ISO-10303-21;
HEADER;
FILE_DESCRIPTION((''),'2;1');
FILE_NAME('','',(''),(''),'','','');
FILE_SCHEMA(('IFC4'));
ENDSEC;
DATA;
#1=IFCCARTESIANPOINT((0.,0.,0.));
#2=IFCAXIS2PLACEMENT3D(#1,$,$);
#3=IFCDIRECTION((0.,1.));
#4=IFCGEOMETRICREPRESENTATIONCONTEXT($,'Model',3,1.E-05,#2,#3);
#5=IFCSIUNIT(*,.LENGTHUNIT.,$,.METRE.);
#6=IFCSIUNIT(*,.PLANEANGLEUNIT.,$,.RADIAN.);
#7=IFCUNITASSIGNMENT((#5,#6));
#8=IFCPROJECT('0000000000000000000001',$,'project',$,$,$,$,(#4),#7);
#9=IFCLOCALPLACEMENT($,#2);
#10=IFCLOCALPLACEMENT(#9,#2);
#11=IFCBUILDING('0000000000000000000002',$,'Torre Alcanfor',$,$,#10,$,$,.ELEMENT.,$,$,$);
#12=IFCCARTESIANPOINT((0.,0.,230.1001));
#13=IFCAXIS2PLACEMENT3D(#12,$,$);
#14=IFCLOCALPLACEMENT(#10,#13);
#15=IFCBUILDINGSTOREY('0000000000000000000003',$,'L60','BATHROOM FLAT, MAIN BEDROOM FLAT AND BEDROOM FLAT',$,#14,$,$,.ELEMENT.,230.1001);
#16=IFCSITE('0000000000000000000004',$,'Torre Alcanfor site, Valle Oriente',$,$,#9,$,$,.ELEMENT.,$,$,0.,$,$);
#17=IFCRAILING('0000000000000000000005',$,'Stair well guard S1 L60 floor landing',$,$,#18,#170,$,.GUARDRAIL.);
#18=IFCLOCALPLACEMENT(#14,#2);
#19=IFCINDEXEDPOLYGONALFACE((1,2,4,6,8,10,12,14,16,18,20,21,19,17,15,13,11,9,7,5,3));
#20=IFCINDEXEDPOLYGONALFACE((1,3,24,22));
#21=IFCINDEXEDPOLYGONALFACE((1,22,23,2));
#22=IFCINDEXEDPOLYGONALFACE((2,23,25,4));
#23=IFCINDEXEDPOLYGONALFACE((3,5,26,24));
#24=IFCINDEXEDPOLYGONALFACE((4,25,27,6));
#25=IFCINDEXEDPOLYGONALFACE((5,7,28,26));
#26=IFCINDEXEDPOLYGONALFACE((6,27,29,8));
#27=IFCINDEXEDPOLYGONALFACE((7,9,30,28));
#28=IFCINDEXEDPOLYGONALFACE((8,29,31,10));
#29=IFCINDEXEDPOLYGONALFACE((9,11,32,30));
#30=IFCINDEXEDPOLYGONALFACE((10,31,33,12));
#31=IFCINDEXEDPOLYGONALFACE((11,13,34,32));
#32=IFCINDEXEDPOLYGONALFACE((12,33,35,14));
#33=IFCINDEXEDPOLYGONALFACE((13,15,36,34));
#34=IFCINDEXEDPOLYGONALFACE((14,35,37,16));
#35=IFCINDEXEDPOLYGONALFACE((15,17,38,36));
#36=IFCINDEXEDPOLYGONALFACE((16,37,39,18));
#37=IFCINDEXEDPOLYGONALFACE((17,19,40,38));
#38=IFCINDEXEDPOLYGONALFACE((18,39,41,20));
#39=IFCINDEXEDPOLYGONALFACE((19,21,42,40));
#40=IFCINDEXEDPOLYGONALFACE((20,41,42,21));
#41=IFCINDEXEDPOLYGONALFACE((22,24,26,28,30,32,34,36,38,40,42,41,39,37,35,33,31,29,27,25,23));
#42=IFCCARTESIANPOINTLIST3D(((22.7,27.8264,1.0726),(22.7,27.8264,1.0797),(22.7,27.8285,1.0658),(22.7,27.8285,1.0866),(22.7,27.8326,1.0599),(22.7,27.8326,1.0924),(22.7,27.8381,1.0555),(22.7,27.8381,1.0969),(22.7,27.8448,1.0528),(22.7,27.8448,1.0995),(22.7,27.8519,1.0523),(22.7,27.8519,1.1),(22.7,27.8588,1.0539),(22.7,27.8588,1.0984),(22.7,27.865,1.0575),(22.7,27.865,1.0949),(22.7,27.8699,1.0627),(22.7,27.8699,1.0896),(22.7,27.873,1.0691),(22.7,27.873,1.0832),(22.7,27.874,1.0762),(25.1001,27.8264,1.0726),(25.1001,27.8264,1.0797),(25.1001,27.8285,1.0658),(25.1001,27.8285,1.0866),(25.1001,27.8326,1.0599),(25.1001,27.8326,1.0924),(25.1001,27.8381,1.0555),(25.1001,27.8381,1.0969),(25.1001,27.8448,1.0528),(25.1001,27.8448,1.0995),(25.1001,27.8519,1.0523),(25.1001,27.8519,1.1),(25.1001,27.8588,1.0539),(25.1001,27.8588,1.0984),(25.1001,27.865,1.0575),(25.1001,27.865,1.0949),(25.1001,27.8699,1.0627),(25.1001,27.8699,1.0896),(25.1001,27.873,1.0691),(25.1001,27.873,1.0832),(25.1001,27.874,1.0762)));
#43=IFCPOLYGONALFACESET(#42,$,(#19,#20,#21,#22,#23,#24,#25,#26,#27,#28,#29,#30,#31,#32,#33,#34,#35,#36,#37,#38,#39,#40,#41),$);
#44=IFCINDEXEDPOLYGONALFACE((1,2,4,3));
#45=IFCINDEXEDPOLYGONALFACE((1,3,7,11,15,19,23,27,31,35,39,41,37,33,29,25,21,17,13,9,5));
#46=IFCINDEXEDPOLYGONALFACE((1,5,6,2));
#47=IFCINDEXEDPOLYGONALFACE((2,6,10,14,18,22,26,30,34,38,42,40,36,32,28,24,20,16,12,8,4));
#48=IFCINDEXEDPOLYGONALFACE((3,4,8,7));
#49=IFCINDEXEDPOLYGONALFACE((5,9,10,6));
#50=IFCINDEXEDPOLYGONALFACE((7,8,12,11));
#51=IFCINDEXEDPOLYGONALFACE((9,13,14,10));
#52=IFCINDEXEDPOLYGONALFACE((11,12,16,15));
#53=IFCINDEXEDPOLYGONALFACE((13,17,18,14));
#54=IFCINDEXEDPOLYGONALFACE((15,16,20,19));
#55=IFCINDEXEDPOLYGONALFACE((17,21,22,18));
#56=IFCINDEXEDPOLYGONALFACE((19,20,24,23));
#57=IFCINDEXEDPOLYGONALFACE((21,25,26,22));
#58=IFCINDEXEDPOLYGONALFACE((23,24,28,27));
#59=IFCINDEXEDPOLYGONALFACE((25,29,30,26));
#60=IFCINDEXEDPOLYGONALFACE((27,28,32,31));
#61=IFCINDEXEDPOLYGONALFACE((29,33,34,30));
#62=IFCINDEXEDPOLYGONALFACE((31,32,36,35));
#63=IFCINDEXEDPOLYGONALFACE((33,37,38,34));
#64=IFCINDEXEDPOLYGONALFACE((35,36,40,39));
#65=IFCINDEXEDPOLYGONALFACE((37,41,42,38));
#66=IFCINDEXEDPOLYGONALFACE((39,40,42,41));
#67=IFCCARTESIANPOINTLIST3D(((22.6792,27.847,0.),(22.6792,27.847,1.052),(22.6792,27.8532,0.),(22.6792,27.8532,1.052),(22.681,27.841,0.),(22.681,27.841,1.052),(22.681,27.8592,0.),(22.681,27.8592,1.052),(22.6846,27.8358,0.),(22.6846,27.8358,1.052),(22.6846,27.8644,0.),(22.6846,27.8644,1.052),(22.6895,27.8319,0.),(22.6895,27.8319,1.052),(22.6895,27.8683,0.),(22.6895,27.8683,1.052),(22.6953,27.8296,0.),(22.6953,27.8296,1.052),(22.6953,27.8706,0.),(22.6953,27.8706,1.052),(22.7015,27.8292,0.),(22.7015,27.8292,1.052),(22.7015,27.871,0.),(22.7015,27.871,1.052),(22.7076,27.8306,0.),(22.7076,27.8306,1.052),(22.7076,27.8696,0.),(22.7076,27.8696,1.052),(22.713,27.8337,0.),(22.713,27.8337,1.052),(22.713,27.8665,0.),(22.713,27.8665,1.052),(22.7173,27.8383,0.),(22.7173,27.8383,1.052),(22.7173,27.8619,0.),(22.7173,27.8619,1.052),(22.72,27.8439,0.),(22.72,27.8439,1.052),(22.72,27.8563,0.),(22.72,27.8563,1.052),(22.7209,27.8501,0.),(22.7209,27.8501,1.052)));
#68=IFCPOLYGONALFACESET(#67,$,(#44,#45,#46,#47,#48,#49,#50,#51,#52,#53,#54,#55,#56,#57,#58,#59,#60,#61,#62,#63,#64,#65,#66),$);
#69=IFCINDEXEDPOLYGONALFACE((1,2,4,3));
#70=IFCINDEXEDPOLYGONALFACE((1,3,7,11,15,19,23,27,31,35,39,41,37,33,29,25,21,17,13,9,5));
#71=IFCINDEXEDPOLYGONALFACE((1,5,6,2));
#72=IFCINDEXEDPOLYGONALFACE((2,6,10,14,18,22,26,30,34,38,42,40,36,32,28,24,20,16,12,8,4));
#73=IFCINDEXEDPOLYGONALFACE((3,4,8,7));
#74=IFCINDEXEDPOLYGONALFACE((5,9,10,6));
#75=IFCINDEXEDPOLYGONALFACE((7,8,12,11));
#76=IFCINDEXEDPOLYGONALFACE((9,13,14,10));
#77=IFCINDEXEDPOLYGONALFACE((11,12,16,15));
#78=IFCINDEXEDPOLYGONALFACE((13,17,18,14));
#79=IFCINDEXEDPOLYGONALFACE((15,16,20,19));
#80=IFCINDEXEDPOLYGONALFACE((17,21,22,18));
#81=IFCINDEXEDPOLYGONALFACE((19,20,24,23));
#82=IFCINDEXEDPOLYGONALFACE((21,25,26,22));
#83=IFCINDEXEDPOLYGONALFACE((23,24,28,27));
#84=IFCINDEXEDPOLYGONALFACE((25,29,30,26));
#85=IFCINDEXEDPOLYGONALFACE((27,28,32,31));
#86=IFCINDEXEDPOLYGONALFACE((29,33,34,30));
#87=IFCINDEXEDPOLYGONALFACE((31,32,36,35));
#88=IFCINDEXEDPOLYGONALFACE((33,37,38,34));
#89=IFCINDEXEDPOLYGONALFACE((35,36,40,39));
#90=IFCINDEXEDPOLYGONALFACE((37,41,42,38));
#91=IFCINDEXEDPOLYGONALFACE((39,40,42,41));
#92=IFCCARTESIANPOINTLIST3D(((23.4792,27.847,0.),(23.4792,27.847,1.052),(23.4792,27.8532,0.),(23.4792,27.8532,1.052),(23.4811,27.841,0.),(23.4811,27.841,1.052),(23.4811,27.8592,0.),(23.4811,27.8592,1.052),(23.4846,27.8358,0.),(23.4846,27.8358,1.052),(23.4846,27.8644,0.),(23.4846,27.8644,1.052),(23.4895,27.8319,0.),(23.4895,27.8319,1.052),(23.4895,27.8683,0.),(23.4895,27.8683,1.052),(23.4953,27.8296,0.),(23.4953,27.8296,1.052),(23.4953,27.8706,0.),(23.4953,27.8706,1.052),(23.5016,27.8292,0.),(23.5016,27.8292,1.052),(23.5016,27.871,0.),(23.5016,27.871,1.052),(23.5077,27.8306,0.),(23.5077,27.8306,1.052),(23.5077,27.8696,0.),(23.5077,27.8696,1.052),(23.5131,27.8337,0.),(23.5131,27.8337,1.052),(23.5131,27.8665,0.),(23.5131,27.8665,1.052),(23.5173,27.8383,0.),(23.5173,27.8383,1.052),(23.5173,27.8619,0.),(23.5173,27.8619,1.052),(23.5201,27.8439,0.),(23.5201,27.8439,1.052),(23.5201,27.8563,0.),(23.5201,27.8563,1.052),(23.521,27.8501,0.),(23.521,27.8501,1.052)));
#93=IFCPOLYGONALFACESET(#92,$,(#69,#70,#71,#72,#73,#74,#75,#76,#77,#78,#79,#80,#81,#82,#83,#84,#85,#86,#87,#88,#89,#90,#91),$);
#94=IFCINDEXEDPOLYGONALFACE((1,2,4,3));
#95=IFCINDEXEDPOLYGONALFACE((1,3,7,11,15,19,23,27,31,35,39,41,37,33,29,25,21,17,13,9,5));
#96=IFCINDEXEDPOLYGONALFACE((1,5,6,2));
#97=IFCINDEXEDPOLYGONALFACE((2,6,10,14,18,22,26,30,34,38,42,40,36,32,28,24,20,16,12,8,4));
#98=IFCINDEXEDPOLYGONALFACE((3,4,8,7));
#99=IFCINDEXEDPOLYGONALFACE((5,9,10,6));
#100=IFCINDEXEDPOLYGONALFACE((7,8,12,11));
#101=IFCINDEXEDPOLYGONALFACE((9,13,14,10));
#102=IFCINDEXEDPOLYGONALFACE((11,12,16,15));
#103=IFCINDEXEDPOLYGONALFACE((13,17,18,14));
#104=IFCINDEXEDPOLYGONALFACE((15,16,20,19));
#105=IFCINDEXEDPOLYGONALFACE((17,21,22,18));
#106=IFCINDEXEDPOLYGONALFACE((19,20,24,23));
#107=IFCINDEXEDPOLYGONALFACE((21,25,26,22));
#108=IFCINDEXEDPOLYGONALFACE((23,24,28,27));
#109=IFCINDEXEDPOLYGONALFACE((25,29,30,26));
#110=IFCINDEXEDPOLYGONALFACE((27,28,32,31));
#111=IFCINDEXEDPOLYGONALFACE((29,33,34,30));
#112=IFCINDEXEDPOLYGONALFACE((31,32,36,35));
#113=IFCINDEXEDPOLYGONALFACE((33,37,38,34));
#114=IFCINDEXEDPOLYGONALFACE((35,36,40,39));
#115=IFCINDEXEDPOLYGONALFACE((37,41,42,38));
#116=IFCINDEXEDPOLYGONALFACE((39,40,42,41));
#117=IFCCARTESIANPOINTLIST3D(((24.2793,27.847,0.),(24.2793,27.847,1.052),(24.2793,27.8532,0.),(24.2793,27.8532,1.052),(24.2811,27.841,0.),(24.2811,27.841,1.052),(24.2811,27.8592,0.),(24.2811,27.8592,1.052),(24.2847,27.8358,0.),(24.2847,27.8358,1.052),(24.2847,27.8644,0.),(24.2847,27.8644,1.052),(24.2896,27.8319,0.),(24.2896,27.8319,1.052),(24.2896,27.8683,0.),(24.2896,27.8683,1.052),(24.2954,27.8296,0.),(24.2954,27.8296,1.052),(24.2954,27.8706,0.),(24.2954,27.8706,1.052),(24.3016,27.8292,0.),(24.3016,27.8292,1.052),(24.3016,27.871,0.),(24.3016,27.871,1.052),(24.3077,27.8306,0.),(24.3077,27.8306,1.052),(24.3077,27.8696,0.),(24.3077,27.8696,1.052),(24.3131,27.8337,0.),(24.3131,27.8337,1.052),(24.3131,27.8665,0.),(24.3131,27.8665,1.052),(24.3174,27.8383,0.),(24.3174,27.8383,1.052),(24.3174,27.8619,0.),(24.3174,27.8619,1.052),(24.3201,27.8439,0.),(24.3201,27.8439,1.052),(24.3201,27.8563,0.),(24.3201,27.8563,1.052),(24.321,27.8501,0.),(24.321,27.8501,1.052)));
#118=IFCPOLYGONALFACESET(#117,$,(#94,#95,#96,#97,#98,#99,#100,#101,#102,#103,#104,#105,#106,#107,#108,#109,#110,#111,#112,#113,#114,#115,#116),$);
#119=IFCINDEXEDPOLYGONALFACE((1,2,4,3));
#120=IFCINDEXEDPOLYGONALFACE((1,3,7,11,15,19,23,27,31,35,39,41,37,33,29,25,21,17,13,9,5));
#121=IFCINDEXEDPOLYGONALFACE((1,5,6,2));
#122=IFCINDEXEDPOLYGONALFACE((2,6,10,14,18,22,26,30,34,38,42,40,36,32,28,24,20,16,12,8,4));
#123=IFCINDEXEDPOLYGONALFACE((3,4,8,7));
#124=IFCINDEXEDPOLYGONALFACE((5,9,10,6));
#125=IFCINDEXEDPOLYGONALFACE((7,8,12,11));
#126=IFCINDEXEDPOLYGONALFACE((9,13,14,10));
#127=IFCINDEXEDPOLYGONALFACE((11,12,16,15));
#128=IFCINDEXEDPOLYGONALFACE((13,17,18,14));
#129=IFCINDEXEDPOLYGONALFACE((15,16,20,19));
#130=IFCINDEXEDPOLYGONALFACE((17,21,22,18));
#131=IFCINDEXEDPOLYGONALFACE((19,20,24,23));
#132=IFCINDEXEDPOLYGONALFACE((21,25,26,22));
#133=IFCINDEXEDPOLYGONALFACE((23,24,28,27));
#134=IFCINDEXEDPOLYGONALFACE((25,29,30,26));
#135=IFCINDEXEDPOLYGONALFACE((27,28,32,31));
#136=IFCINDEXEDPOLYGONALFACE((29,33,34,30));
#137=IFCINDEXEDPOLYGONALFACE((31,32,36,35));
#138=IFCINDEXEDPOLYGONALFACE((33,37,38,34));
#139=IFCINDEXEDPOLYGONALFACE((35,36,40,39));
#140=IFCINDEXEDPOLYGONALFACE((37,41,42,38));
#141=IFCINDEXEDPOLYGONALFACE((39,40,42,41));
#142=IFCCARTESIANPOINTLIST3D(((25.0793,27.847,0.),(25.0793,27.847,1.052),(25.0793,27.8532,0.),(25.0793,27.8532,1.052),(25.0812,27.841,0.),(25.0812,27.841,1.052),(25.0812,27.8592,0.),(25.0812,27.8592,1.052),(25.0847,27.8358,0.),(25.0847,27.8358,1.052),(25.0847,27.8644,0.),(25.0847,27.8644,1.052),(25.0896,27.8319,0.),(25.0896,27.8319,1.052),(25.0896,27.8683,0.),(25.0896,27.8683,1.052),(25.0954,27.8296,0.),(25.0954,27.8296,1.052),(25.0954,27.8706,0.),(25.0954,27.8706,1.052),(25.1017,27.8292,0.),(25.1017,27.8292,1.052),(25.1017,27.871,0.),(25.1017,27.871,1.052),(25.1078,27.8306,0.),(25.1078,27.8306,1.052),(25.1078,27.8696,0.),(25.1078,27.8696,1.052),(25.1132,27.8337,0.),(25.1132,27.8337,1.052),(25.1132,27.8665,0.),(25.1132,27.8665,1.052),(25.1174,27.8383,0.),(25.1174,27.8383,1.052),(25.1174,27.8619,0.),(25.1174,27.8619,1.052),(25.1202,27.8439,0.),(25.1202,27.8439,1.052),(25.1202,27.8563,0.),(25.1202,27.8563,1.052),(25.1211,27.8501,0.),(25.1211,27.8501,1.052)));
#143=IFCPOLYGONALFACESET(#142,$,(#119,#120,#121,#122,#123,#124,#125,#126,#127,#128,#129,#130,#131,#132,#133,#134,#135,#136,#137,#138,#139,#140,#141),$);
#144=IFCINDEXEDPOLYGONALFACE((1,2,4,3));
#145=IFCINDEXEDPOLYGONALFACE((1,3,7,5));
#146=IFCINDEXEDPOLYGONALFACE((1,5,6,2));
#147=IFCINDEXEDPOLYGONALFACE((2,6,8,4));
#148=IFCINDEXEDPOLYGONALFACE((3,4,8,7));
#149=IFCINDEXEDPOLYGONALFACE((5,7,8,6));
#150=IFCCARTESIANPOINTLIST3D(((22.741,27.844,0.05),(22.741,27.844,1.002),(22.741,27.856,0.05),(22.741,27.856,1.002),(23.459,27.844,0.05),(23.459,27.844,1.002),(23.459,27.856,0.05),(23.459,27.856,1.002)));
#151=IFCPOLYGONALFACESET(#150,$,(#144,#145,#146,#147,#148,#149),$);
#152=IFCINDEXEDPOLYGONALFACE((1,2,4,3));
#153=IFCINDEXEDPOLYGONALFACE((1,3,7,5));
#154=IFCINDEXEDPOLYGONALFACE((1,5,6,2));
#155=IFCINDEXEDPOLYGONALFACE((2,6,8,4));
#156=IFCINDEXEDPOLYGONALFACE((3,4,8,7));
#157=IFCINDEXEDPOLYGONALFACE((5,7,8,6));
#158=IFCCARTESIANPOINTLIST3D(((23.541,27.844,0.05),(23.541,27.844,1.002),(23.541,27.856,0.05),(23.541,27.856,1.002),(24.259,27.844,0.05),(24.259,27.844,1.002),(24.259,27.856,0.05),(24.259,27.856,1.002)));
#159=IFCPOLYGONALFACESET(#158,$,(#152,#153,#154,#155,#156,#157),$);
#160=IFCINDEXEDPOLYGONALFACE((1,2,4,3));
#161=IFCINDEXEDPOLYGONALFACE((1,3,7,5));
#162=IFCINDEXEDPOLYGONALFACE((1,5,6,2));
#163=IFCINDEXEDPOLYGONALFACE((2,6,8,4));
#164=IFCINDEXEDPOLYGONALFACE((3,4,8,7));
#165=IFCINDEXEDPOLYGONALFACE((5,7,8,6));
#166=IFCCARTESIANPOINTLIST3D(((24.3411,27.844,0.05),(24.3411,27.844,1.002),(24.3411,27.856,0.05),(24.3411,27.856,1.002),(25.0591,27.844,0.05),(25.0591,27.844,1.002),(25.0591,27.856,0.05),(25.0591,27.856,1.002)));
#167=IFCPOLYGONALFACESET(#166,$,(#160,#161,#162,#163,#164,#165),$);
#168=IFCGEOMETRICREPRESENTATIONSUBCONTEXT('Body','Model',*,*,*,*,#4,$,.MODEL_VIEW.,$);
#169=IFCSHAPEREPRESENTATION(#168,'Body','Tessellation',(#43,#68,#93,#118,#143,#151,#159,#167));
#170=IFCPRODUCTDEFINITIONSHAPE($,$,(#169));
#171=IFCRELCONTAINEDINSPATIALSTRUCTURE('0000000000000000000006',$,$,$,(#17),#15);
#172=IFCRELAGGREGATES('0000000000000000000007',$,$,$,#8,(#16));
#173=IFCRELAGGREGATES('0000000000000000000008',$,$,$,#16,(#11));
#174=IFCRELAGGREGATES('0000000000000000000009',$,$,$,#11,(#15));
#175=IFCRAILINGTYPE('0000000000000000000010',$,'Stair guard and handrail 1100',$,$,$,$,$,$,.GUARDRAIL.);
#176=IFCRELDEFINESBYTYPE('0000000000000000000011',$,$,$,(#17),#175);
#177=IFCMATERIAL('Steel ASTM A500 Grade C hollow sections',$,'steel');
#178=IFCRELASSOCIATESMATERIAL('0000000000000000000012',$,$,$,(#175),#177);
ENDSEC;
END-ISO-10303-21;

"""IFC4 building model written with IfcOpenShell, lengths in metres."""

from ifc_helpers import new_model, si_unit, direction, frame, origin, origin_2d, place, context, subcontext, project, spatial, polyline, circle, outline, extrude, material, type_object, element, save


model = new_model("IFC4")

# Units and contexts
model_context = context("Model", 3, precision=1e-05, world=origin(), true_north=direction((0.0, 1.0)))
body_context = subcontext(model_context, "Body", "Model", "MODEL_VIEW")
ifc_project = project(units=[si_unit("LENGTHUNIT", "METRE"), si_unit("PLANEANGLEUNIT", "RADIAN")], contexts=[model_context])

# Site, building, storey
site_placement = place(None, origin())
site = spatial("IfcSite", under=ifc_project, at=site_placement, Name="Torre Alcanfor site, Valle Oriente", CompositionType="ELEMENT", RefElevation=0.0)
building_placement = place(site_placement, origin())
building = spatial("IfcBuilding", under=site, at=building_placement, Name="Torre Alcanfor", CompositionType="ELEMENT")
storey_placement = place(building_placement, frame((0.0, 0.0, 230.1001)))
storey = spatial("IfcBuildingStorey", under=building, at=storey_placement, Name="L60", Description="BATHROOM FLAT, MAIN BEDROOM FLAT AND BEDROOM FLAT", CompositionType="ELEMENT", Elevation=230.1001)

# Railing
ifc_material_1 = material(Name="Steel ASTM A500 Grade C hollow sections", Category="steel")
railing_type = type_object("IfcRailingType", Name="Stair guard and handrail 1100", PredefinedType="GUARDRAIL", material=ifc_material_1)
railing_1_placement = place(storey_placement, frame((22.7, 27.8501, 0.0)))
element("IfcRailing", 1, at=railing_1_placement, inside=storey, type_object=railing_type, Name="Stair well guard S1 L60 floor landing", PredefinedType="GUARDRAIL", context=body_context, shape_type="SweptSolid", body=[
    extrude(circle(Radius=0.0239, at=origin_2d()), frame((0.0, 0.0, 1.0762), z_axis=(1.0, 0.0, 0.0), x_axis=(0.0, 1.0, 0.0)), (0.0, 0.0, 1.0), 2.4001),
    extrude(circle(Radius=0.021, at=origin_2d()), origin(), (0.0, 0.0, 1.0), 1.052),
    extrude(circle(Radius=0.021, at=origin_2d()), frame((0.8, 0.0, 0.0)), (0.0, 0.0, 1.0), 1.052),
    extrude(circle(Radius=0.021, at=origin_2d()), frame((1.6001, 0.0, 0.0)), (0.0, 0.0, 1.0), 1.052),
    extrude(circle(Radius=0.021, at=origin_2d()), frame((2.4001, 0.0, 0.0)), (0.0, 0.0, 1.0), 1.052),
    extrude(outline(polyline([(0.041, 0.05), (0.759, 0.05), (0.759, 1.002), (0.041, 1.002), (0.041, 0.05)])), frame((0.0, 0.0059, 0.0), z_axis=(0.0, -1.0, 0.0), x_axis=(1.0, 0.0, 0.0)), (0.0, 0.0, 1.0), 0.012),
    extrude(outline(polyline([(0.8411, 0.05), (1.5591, 0.05), (1.5591, 1.002), (0.8411, 1.002), (0.8411, 0.05)])), frame((0.0, 0.0059, 0.0), z_axis=(0.0, -1.0, 0.0), x_axis=(1.0, 0.0, 0.0)), (0.0, 0.0, 1.0), 0.012),
    extrude(outline(polyline([(1.6411, 0.05), (2.3591, 0.05), (2.3591, 1.002), (1.6411, 1.002), (1.6411, 0.05)])), frame((0.0, 0.0059, 0.0), z_axis=(0.0, -1.0, 0.0), x_axis=(1.0, 0.0, 0.0)), (0.0, 0.0, 1.0), 0.012),
])

save(model, "model.ifc")
